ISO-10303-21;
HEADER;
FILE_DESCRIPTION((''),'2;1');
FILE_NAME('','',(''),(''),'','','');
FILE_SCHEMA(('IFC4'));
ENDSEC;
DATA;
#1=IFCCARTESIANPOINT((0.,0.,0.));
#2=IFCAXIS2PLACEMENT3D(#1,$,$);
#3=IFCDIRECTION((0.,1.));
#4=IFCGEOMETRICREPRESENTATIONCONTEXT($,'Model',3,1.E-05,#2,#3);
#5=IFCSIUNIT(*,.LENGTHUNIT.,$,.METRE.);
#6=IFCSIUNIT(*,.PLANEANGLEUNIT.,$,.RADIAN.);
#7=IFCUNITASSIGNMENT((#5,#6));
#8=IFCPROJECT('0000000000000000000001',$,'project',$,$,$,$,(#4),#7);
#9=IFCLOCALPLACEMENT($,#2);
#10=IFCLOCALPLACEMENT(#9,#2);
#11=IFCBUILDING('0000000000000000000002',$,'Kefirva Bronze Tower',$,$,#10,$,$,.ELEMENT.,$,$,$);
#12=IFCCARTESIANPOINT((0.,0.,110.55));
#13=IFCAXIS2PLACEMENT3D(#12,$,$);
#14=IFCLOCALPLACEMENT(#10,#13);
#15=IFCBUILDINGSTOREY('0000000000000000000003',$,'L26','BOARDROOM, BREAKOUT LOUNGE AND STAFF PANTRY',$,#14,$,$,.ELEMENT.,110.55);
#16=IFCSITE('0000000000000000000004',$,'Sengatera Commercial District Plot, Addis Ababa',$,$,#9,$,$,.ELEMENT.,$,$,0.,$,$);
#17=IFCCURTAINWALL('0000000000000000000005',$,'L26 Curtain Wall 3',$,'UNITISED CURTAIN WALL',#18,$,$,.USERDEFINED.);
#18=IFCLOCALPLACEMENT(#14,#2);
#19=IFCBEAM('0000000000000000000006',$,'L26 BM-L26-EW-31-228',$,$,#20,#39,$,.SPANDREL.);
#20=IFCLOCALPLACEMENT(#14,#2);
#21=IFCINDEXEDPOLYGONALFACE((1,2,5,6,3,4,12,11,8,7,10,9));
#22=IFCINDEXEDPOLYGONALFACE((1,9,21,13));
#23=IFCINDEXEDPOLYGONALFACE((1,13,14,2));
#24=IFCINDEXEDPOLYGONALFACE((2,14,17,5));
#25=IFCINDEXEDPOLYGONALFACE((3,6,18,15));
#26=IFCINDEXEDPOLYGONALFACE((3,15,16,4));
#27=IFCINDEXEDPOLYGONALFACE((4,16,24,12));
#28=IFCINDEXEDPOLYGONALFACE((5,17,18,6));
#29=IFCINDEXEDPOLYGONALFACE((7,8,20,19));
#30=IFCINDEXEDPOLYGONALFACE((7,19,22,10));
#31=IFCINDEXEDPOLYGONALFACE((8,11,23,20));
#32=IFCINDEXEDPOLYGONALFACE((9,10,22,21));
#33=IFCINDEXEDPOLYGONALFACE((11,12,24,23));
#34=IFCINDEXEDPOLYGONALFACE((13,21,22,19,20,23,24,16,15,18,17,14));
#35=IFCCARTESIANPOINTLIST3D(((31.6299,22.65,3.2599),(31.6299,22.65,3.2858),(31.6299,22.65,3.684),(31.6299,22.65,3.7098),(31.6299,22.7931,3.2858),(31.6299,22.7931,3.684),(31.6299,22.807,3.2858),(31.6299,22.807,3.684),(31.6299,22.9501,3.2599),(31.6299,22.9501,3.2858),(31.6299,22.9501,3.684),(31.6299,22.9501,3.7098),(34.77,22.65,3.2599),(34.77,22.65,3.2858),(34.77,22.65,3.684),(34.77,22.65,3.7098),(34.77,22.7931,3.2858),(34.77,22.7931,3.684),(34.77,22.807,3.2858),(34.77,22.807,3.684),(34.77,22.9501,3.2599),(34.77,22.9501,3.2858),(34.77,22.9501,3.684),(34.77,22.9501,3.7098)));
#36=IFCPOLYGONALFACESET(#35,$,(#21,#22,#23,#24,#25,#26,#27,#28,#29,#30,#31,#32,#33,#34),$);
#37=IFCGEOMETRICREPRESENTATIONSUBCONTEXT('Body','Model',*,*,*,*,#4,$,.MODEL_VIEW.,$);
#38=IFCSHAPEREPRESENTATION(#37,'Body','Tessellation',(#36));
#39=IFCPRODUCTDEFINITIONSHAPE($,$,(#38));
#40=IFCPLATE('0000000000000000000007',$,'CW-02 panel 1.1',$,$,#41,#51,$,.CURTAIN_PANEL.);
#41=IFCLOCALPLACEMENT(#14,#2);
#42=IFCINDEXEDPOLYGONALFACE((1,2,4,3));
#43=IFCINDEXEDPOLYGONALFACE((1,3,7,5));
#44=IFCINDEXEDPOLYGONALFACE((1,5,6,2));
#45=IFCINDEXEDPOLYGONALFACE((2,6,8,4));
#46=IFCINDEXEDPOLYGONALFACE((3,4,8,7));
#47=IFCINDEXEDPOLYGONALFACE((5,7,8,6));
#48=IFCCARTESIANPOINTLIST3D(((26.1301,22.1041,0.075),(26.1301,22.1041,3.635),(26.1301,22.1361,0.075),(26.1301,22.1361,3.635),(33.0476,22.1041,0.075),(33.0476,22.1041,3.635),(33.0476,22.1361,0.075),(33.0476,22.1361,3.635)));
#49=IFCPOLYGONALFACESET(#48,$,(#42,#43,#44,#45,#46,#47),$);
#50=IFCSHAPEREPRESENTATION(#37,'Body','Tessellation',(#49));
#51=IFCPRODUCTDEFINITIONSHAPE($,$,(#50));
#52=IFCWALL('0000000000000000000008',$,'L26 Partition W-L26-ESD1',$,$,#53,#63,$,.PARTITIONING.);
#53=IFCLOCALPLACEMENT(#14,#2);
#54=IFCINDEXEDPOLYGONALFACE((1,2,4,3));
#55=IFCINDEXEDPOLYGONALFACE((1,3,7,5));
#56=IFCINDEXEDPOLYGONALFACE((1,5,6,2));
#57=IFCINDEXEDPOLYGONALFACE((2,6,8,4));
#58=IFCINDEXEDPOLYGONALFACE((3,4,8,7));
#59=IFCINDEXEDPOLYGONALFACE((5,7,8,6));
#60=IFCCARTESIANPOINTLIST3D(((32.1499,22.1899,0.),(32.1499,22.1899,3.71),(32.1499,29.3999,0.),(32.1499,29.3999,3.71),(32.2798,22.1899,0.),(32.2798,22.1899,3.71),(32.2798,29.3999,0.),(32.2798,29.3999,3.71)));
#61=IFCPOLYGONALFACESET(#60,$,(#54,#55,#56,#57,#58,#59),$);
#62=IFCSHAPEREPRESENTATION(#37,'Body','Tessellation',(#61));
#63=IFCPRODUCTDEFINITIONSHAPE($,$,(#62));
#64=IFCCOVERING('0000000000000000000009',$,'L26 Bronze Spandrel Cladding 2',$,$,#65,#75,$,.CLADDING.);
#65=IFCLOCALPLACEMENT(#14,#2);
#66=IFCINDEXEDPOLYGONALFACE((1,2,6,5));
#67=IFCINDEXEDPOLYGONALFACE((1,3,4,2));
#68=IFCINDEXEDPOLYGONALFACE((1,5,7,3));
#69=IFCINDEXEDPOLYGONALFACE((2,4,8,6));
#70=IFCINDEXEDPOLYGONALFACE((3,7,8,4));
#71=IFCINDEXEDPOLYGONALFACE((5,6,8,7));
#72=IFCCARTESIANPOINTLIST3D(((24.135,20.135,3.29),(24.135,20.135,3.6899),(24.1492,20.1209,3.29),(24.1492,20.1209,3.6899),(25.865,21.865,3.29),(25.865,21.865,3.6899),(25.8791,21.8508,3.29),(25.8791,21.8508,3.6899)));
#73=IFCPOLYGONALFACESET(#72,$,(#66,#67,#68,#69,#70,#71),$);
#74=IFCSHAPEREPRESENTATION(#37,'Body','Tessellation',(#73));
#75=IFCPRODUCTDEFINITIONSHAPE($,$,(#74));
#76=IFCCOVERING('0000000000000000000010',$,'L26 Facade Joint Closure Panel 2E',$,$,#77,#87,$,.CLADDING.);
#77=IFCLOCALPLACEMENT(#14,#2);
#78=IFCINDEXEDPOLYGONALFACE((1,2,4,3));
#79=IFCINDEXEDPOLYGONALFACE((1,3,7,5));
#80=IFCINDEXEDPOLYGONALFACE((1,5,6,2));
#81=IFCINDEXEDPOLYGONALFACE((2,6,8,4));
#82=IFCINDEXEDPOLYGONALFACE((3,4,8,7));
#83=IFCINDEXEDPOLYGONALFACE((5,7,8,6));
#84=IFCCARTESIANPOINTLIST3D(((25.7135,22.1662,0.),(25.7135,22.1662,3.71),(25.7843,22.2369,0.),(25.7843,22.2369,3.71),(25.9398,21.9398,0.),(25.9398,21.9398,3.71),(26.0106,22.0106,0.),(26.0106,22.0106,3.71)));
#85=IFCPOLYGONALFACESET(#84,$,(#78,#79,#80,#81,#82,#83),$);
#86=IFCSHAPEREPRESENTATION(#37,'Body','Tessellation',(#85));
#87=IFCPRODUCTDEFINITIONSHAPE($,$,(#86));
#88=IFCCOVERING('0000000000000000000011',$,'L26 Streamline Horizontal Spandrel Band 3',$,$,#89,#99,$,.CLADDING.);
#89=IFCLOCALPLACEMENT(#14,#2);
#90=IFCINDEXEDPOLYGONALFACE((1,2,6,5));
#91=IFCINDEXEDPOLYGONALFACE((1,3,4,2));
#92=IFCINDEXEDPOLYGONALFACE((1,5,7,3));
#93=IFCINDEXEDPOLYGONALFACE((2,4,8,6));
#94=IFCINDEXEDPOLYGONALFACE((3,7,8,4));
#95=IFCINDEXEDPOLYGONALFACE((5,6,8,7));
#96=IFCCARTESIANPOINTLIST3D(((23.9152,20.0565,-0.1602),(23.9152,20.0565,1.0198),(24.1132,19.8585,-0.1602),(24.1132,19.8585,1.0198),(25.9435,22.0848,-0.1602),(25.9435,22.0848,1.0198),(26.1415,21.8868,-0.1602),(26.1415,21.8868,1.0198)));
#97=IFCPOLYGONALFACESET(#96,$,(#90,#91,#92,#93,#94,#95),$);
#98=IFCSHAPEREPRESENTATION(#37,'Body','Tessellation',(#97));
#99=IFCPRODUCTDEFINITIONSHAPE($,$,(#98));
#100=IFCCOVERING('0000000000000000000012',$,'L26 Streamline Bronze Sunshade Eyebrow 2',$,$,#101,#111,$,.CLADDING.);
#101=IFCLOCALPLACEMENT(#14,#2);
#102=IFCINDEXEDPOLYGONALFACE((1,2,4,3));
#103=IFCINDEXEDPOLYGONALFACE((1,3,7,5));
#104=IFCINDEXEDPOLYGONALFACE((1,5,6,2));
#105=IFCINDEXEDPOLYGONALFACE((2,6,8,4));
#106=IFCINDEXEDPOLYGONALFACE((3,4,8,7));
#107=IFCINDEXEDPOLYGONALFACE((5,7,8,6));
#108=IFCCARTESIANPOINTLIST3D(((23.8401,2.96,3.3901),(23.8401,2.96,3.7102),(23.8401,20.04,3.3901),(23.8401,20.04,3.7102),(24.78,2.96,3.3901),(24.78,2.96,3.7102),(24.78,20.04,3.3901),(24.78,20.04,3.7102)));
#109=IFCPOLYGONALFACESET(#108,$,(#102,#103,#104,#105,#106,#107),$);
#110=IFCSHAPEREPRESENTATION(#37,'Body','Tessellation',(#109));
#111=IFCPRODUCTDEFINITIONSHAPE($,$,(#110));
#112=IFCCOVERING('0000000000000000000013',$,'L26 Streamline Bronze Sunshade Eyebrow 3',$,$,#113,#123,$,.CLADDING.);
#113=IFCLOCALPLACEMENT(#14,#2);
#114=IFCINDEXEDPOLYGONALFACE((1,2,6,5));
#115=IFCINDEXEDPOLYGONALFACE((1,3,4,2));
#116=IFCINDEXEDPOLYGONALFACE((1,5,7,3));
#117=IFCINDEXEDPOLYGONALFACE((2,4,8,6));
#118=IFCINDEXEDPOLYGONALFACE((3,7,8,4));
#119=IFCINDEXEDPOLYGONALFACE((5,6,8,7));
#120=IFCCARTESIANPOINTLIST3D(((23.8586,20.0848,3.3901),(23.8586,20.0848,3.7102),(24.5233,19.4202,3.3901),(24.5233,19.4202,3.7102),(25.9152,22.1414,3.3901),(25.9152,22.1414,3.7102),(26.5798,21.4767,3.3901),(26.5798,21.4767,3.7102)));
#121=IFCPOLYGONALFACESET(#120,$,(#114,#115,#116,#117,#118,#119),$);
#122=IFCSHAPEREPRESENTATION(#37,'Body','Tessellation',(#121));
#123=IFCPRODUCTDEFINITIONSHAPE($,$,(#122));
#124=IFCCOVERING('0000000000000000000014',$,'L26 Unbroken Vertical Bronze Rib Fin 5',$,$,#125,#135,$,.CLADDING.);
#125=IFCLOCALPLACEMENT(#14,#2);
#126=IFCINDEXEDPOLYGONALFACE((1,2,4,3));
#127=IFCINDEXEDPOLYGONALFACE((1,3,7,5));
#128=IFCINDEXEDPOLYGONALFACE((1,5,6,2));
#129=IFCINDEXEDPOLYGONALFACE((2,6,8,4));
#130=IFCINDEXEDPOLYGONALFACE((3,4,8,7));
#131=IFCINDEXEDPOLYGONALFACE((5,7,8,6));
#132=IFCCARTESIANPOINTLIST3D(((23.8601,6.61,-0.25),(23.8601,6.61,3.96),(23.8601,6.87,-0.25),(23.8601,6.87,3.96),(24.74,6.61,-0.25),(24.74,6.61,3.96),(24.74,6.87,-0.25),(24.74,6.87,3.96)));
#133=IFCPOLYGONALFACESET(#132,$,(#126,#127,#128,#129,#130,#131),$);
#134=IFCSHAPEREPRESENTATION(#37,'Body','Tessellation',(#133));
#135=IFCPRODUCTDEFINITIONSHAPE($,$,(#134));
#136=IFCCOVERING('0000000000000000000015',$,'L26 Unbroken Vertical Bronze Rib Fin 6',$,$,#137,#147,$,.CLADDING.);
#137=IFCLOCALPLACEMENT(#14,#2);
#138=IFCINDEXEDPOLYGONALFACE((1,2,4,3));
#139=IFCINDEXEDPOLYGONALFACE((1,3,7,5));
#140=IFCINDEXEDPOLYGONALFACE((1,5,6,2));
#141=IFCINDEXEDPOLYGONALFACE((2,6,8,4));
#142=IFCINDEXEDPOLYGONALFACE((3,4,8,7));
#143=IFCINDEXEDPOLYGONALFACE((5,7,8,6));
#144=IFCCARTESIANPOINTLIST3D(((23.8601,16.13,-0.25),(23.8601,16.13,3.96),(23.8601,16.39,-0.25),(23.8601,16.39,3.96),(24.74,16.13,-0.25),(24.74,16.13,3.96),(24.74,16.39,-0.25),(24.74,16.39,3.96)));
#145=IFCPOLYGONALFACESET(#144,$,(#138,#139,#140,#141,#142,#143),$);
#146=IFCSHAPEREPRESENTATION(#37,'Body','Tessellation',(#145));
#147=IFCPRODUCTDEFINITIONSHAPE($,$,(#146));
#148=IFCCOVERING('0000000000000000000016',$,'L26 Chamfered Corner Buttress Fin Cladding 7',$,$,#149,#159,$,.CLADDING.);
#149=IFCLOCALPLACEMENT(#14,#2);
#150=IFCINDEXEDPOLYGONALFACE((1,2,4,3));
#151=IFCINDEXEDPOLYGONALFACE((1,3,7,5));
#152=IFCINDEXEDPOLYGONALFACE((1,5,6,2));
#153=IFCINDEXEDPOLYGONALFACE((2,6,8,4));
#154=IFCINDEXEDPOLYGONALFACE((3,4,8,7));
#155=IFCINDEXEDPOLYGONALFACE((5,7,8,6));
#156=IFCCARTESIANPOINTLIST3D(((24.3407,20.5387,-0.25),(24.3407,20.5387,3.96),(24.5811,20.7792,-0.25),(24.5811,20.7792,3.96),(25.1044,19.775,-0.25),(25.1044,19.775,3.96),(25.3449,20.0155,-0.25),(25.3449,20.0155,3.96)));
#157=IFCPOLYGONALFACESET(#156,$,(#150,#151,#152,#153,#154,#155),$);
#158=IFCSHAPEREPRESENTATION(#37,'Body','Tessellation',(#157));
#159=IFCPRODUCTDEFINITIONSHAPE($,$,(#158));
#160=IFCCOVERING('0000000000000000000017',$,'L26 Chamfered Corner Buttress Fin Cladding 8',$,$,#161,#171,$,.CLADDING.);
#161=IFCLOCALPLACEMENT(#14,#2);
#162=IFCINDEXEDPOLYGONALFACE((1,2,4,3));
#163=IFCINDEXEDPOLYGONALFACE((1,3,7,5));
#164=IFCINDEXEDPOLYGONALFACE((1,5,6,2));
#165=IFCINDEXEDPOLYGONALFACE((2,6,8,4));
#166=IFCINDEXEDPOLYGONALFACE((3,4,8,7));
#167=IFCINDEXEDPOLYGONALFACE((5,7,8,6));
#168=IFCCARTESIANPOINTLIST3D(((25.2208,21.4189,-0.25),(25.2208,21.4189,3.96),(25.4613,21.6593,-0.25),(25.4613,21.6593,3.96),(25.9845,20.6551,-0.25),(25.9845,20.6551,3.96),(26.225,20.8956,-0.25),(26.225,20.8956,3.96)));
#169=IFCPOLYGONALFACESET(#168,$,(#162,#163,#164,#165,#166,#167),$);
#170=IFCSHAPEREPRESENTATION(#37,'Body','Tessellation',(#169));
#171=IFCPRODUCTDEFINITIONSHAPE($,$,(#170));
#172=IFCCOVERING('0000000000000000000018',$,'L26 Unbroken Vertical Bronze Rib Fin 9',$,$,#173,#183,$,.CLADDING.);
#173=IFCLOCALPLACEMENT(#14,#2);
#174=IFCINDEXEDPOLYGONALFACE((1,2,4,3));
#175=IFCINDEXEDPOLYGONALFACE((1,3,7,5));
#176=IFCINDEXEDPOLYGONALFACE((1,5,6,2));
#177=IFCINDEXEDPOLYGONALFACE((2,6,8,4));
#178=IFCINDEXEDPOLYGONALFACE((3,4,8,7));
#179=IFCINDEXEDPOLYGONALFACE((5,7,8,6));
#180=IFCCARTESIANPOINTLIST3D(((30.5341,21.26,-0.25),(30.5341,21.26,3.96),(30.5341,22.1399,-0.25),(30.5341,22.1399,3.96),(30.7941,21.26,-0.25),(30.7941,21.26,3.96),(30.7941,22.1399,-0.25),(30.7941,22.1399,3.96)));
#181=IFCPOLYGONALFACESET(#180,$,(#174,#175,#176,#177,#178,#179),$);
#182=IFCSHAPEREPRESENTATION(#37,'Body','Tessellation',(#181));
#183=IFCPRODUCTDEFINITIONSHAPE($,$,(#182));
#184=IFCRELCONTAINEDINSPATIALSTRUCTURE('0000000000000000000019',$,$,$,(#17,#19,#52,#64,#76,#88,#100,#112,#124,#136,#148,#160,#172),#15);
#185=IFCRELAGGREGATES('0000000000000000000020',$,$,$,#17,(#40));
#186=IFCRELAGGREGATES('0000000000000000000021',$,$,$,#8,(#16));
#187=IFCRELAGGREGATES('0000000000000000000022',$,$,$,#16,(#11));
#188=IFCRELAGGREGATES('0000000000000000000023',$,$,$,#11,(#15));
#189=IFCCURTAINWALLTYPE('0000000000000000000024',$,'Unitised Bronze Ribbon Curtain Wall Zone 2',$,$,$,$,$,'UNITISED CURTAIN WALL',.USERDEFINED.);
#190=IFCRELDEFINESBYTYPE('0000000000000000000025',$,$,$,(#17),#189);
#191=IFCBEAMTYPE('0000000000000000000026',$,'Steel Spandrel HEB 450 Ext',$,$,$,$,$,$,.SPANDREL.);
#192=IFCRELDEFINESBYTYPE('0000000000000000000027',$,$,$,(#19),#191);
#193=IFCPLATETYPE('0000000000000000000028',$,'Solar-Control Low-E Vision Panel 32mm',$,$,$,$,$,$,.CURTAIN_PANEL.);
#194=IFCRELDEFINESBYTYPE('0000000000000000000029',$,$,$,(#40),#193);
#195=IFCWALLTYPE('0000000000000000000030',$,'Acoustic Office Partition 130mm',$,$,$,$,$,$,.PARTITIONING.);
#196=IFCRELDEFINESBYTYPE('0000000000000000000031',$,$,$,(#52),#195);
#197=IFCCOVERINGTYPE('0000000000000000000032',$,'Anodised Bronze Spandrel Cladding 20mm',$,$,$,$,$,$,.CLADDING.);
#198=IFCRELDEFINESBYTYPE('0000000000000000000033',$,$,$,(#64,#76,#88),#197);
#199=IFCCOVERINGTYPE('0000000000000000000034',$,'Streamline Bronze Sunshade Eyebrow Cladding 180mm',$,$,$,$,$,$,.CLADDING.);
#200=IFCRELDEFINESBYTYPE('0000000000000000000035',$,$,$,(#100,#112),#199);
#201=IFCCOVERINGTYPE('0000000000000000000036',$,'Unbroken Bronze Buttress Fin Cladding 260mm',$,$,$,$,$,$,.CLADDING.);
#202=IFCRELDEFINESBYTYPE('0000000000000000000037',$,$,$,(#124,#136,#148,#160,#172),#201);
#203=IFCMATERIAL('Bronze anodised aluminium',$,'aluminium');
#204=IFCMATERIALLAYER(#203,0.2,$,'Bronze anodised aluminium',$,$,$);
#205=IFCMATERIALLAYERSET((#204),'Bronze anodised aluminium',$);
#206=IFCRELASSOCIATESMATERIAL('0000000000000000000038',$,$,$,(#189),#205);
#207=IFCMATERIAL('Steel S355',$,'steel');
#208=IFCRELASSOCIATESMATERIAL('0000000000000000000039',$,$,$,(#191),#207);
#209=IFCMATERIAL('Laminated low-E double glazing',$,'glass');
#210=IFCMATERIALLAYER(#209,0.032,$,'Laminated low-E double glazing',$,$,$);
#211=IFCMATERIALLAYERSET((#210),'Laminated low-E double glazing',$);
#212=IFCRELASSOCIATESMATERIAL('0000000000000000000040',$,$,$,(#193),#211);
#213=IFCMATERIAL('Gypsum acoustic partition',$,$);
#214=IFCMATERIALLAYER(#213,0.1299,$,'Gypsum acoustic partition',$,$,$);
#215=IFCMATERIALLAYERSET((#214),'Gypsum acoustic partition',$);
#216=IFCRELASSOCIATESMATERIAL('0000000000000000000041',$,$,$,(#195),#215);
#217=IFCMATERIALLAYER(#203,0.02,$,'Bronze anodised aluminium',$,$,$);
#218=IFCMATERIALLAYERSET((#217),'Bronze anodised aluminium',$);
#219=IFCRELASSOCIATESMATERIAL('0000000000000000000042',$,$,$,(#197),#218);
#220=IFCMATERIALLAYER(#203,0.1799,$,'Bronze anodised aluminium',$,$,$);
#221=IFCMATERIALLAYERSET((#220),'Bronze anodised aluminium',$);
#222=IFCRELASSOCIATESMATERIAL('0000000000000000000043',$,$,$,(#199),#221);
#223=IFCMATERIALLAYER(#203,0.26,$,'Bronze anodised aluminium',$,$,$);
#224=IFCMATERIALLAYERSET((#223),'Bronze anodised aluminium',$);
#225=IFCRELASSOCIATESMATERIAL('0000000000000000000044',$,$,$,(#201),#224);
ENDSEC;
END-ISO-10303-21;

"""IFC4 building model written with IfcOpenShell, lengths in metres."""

from ifc_helpers import new_model, si_unit, direction, frame, frame_2d, origin, origin_2d, place, context, subcontext, project, spatial, rectangle, i_section, extrude, material, layer, layer_set, material_profile, profile_set, type_object, element, aggregate, save


model = new_model("IFC4")

# Units and contexts
model_context = context("Model", 3, precision=1e-05, world=origin(), true_north=direction((0.0, 1.0)))
body_context = subcontext(model_context, "Body", "Model", "MODEL_VIEW")
ifc_project = project(units=[si_unit("LENGTHUNIT", "METRE"), si_unit("PLANEANGLEUNIT", "RADIAN")], contexts=[model_context])

# Site, building, storey
site_placement = place(None, origin())
site = spatial("IfcSite", under=ifc_project, at=site_placement, Name="Sengatera Commercial District Plot, Addis Ababa", CompositionType="ELEMENT", RefElevation=0.0)
building_placement = place(site_placement, origin())
building = spatial("IfcBuilding", under=site, at=building_placement, Name="Kefirva Bronze Tower", CompositionType="ELEMENT")
storey_placement = place(building_placement, frame((0.0, 0.0, 110.55)))
storey = spatial("IfcBuildingStorey", under=building, at=storey_placement, Name="L26", Description="BOARDROOM, BREAKOUT LOUNGE AND STAFF PANTRY", CompositionType="ELEMENT", Elevation=110.55)

# Curtain wall
ifc_material_1 = material(Name="Bronze anodised aluminium", Category="aluminium")
ifc_layer_1 = layer(ifc_material_1, 0.2, Name="Bronze anodised aluminium")
ifc_layer_set_1 = layer_set([ifc_layer_1], Name="Bronze anodised aluminium")
curtain_wall_type = type_object("IfcCurtainWallType", Name="Unitised Bronze Ribbon Curtain Wall Zone 2", ElementType="UNITISED CURTAIN WALL", PredefinedType="USERDEFINED", material=ifc_layer_set_1)
curtain_wall_placement = place(storey_placement, origin())
curtain_wall = element("IfcCurtainWall", 1, at=curtain_wall_placement, inside=storey, type_object=curtain_wall_type, Name="L26 Curtain Wall 3", ObjectType="UNITISED CURTAIN WALL", PredefinedType="USERDEFINED")

# Beam
ifc_material_2 = material(Name="Steel S355", Category="steel")
ifc_material_profile_1 = material_profile(ifc_material_2, i_section(OverallWidth=0.3, OverallDepth=0.45, WebThickness=0.0139, FlangeThickness=0.0259, at=origin_2d()), Name="HEB 450")
ifc_profile_set_1 = profile_set([ifc_material_profile_1], Name="Steel S355")
beam_type_1 = type_object("IfcBeamType", Name="Steel Spandrel HEB 450 Ext", PredefinedType="SPANDREL", material=ifc_profile_set_1)
beam_1_placement = place(storey_placement, frame((31.6299, 22.8, 3.4849), z_axis=(1.0, 0.0, 0.0), x_axis=(0.0, 1.0, 0.0)))
element("IfcBeam", 2, at=beam_1_placement, inside=storey, type_object=beam_type_1, Name="L26 BM-L26-EW-31-228", PredefinedType="SPANDREL", context=body_context, shape_type="SweptSolid", body=[
    extrude(i_section(OverallWidth=0.3, OverallDepth=0.45, WebThickness=0.0139, FlangeThickness=0.0259, at=origin_2d()), origin(), (0.0, 0.0, 1.0), 3.1401),
])

# Plate
ifc_material_3 = material(Name="Laminated low-E double glazing", Category="glass")
ifc_layer_2 = layer(ifc_material_3, 0.032, Name="Laminated low-E double glazing")
ifc_layer_set_2 = layer_set([ifc_layer_2], Name="Laminated low-E double glazing")
plate_type = type_object("IfcPlateType", Name="Solar-Control Low-E Vision Panel 32mm", PredefinedType="CURTAIN_PANEL", material=ifc_layer_set_2)
plate_placement = place(storey_placement, frame((29.5889, 22.1201, 0.075), z_axis=(0.0, 0.0, 1.0), x_axis=(1.0, 0.0, 0.0)))
plate = element("IfcPlate", 3, at=plate_placement, type_object=plate_type, Name="CW-02 panel 1.1", PredefinedType="CURTAIN_PANEL", context=body_context, shape_type="SweptSolid", body=[
    extrude(rectangle(XDim=6.9175, YDim=0.032, at=origin_2d()), origin(), (0.0, 0.0, 1.0), 3.5601),
])
aggregate(curtain_wall, [plate])

# Wall
ifc_material_4 = material(Name="Gypsum acoustic partition")
ifc_layer_3 = layer(ifc_material_4, 0.1299, Name="Gypsum acoustic partition")
ifc_layer_set_3 = layer_set([ifc_layer_3], Name="Gypsum acoustic partition")
wall_type = type_object("IfcWallType", Name="Acoustic Office Partition 130mm", PredefinedType="PARTITIONING", material=ifc_layer_set_3)
wall_placement = place(storey_placement, frame((32.2148, 22.1899, 0.0), z_axis=(0.0, 0.0, 1.0), x_axis=(0.0, 1.0, 0.0)))
element("IfcWall", 4, at=wall_placement, inside=storey, type_object=wall_type, Name="L26 Partition W-L26-ESD1", PredefinedType="PARTITIONING", context=body_context, shape_type="SweptSolid", body=[
    extrude(rectangle(XDim=7.21, YDim=0.1299, at=frame_2d((3.605, 0.0))), origin(), (0.0, 0.0, 1.0), 3.71),
])

# Coverings
ifc_layer_4 = layer(ifc_material_1, 0.02, Name="Bronze anodised aluminium")
ifc_layer_set_4 = layer_set([ifc_layer_4], Name="Bronze anodised aluminium")
covering_type_1 = type_object("IfcCoveringType", Name="Anodised Bronze Spandrel Cladding 20mm", PredefinedType="CLADDING", material=ifc_layer_set_4)
covering_1_placement = place(storey_placement, frame((25.0071, 20.9929, 3.29), z_axis=(0.0, 0.0, 1.0), x_axis=(0.707107, 0.707107, 0.0)))
element("IfcCovering", 5, at=covering_1_placement, inside=storey, type_object=covering_type_1, Name="L26 Bronze Spandrel Cladding 2", PredefinedType="CLADDING", context=body_context, shape_type="SweptSolid", body=[
    extrude(rectangle(XDim=2.4465, YDim=0.02, at=origin_2d()), origin(), (0.0, 0.0, 1.0), 0.3999),
])
covering_2_placement = place(storey_placement, frame((25.8621, 22.0884, 0.0), z_axis=(0.0, 0.0, 1.0), x_axis=(0.707107, 0.707107, 0.0)))
element("IfcCovering", 6, at=covering_2_placement, inside=storey, type_object=covering_type_1, Name="L26 Facade Joint Closure Panel 2E", PredefinedType="CLADDING", context=body_context, shape_type="SweptSolid", body=[
    extrude(rectangle(XDim=0.1001, YDim=0.3201, at=origin_2d()), origin(), (0.0, 0.0, 1.0), 3.71),
])
covering_3_placement = place(storey_placement, frame((25.0283, 20.9717, -0.1602), z_axis=(0.0, 0.0, 1.0), x_axis=(0.707107, 0.707107, 0.0)))
element("IfcCovering", 7, at=covering_3_placement, inside=storey, type_object=covering_type_1, Name="L26 Streamline Horizontal Spandrel Band 3", PredefinedType="CLADDING", context=body_context, shape_type="SweptSolid", body=[
    extrude(rectangle(XDim=2.8684, YDim=0.28, at=origin_2d()), origin(), (0.0, 0.0, 1.0), 1.1799),
])
ifc_layer_5 = layer(ifc_material_1, 0.1799, Name="Bronze anodised aluminium")
ifc_layer_set_5 = layer_set([ifc_layer_5], Name="Bronze anodised aluminium")
covering_type_2 = type_object("IfcCoveringType", Name="Streamline Bronze Sunshade Eyebrow Cladding 180mm", PredefinedType="CLADDING", material=ifc_layer_set_5)
covering_4_placement = place(storey_placement, frame((24.3101, 11.5, 3.3901), z_axis=(0.0, 0.0, 1.0), x_axis=(0.0, 1.0, 0.0)))
element("IfcCovering", 8, at=covering_4_placement, inside=storey, type_object=covering_type_2, Name="L26 Streamline Bronze Sunshade Eyebrow 2", PredefinedType="CLADDING", context=body_context, shape_type="SweptSolid", body=[
    extrude(rectangle(XDim=17.0801, YDim=0.9399, at=origin_2d()), origin(), (0.0, 0.0, 1.0), 0.3201),
])
covering_5_placement = place(storey_placement, frame((25.2192, 20.7808, 3.3901), z_axis=(0.0, 0.0, 1.0), x_axis=(0.707107, 0.707107, 0.0)))
element("IfcCovering", 9, at=covering_5_placement, inside=storey, type_object=covering_type_2, Name="L26 Streamline Bronze Sunshade Eyebrow 3", PredefinedType="CLADDING", context=body_context, shape_type="SweptSolid", body=[
    extrude(rectangle(XDim=2.9084, YDim=0.9399, at=origin_2d()), origin(), (0.0, 0.0, 1.0), 0.3201),
])
ifc_layer_6 = layer(ifc_material_1, 0.26, Name="Bronze anodised aluminium")
ifc_layer_set_6 = layer_set([ifc_layer_6], Name="Bronze anodised aluminium")
covering_type_3 = type_object("IfcCoveringType", Name="Unbroken Bronze Buttress Fin Cladding 260mm", PredefinedType="CLADDING", material=ifc_layer_set_6)
for number, where, z_axis, x_axis, name in (
    (10, (24.3, 6.74, -0.25), (0.0, 0.0, 1.0), (0.0, 1.0, 0.0), "L26 Unbroken Vertical Bronze Rib Fin 5"),
    (11, (24.3, 16.26, -0.25), (0.0, 0.0, 1.0), (0.0, 1.0, 0.0), "L26 Unbroken Vertical Bronze Rib Fin 6"),
):
    element("IfcCovering", number, at=place(storey_placement, frame(where, z_axis=z_axis, x_axis=x_axis)), inside=storey, type_object=covering_type_3, Name=name, PredefinedType="CLADDING", context=body_context, shape_type="SweptSolid", body=[
        extrude(rectangle(XDim=0.26, YDim=0.8799, at=origin_2d()), origin(), (0.0, 0.0, 1.0), 4.21),
    ])
for number, where, z_axis, x_axis, name in (
    (12, (24.8428, 20.2771, -0.25), (0.0, 0.0, 1.0), (0.707107, 0.707107, 0.0), "L26 Chamfered Corner Buttress Fin Cladding 7"),
    (13, (25.7229, 21.1572, -0.25), (0.0, 0.0, 1.0), (0.707107, 0.707107, 0.0), "L26 Chamfered Corner Buttress Fin Cladding 8"),
):
    element("IfcCovering", number, at=place(storey_placement, frame(where, z_axis=z_axis, x_axis=x_axis)), inside=storey, type_object=covering_type_3, Name=name, PredefinedType="CLADDING", context=body_context, shape_type="SweptSolid", body=[
        extrude(rectangle(XDim=0.3401, YDim=1.0801, at=origin_2d()), origin(), (0.0, 0.0, 1.0), 4.21),
    ])
covering_6_placement = place(storey_placement, frame((30.6641, 21.7, -0.25), z_axis=(0.0, 0.0, 1.0), x_axis=(1.0, 0.0, 0.0)))
element("IfcCovering", 14, at=covering_6_placement, inside=storey, type_object=covering_type_3, Name="L26 Unbroken Vertical Bronze Rib Fin 9", PredefinedType="CLADDING", context=body_context, shape_type="SweptSolid", body=[
    extrude(rectangle(XDim=0.26, YDim=0.8799, at=origin_2d()), origin(), (0.0, 0.0, 1.0), 4.21),
])

save(model, "model.ifc")
